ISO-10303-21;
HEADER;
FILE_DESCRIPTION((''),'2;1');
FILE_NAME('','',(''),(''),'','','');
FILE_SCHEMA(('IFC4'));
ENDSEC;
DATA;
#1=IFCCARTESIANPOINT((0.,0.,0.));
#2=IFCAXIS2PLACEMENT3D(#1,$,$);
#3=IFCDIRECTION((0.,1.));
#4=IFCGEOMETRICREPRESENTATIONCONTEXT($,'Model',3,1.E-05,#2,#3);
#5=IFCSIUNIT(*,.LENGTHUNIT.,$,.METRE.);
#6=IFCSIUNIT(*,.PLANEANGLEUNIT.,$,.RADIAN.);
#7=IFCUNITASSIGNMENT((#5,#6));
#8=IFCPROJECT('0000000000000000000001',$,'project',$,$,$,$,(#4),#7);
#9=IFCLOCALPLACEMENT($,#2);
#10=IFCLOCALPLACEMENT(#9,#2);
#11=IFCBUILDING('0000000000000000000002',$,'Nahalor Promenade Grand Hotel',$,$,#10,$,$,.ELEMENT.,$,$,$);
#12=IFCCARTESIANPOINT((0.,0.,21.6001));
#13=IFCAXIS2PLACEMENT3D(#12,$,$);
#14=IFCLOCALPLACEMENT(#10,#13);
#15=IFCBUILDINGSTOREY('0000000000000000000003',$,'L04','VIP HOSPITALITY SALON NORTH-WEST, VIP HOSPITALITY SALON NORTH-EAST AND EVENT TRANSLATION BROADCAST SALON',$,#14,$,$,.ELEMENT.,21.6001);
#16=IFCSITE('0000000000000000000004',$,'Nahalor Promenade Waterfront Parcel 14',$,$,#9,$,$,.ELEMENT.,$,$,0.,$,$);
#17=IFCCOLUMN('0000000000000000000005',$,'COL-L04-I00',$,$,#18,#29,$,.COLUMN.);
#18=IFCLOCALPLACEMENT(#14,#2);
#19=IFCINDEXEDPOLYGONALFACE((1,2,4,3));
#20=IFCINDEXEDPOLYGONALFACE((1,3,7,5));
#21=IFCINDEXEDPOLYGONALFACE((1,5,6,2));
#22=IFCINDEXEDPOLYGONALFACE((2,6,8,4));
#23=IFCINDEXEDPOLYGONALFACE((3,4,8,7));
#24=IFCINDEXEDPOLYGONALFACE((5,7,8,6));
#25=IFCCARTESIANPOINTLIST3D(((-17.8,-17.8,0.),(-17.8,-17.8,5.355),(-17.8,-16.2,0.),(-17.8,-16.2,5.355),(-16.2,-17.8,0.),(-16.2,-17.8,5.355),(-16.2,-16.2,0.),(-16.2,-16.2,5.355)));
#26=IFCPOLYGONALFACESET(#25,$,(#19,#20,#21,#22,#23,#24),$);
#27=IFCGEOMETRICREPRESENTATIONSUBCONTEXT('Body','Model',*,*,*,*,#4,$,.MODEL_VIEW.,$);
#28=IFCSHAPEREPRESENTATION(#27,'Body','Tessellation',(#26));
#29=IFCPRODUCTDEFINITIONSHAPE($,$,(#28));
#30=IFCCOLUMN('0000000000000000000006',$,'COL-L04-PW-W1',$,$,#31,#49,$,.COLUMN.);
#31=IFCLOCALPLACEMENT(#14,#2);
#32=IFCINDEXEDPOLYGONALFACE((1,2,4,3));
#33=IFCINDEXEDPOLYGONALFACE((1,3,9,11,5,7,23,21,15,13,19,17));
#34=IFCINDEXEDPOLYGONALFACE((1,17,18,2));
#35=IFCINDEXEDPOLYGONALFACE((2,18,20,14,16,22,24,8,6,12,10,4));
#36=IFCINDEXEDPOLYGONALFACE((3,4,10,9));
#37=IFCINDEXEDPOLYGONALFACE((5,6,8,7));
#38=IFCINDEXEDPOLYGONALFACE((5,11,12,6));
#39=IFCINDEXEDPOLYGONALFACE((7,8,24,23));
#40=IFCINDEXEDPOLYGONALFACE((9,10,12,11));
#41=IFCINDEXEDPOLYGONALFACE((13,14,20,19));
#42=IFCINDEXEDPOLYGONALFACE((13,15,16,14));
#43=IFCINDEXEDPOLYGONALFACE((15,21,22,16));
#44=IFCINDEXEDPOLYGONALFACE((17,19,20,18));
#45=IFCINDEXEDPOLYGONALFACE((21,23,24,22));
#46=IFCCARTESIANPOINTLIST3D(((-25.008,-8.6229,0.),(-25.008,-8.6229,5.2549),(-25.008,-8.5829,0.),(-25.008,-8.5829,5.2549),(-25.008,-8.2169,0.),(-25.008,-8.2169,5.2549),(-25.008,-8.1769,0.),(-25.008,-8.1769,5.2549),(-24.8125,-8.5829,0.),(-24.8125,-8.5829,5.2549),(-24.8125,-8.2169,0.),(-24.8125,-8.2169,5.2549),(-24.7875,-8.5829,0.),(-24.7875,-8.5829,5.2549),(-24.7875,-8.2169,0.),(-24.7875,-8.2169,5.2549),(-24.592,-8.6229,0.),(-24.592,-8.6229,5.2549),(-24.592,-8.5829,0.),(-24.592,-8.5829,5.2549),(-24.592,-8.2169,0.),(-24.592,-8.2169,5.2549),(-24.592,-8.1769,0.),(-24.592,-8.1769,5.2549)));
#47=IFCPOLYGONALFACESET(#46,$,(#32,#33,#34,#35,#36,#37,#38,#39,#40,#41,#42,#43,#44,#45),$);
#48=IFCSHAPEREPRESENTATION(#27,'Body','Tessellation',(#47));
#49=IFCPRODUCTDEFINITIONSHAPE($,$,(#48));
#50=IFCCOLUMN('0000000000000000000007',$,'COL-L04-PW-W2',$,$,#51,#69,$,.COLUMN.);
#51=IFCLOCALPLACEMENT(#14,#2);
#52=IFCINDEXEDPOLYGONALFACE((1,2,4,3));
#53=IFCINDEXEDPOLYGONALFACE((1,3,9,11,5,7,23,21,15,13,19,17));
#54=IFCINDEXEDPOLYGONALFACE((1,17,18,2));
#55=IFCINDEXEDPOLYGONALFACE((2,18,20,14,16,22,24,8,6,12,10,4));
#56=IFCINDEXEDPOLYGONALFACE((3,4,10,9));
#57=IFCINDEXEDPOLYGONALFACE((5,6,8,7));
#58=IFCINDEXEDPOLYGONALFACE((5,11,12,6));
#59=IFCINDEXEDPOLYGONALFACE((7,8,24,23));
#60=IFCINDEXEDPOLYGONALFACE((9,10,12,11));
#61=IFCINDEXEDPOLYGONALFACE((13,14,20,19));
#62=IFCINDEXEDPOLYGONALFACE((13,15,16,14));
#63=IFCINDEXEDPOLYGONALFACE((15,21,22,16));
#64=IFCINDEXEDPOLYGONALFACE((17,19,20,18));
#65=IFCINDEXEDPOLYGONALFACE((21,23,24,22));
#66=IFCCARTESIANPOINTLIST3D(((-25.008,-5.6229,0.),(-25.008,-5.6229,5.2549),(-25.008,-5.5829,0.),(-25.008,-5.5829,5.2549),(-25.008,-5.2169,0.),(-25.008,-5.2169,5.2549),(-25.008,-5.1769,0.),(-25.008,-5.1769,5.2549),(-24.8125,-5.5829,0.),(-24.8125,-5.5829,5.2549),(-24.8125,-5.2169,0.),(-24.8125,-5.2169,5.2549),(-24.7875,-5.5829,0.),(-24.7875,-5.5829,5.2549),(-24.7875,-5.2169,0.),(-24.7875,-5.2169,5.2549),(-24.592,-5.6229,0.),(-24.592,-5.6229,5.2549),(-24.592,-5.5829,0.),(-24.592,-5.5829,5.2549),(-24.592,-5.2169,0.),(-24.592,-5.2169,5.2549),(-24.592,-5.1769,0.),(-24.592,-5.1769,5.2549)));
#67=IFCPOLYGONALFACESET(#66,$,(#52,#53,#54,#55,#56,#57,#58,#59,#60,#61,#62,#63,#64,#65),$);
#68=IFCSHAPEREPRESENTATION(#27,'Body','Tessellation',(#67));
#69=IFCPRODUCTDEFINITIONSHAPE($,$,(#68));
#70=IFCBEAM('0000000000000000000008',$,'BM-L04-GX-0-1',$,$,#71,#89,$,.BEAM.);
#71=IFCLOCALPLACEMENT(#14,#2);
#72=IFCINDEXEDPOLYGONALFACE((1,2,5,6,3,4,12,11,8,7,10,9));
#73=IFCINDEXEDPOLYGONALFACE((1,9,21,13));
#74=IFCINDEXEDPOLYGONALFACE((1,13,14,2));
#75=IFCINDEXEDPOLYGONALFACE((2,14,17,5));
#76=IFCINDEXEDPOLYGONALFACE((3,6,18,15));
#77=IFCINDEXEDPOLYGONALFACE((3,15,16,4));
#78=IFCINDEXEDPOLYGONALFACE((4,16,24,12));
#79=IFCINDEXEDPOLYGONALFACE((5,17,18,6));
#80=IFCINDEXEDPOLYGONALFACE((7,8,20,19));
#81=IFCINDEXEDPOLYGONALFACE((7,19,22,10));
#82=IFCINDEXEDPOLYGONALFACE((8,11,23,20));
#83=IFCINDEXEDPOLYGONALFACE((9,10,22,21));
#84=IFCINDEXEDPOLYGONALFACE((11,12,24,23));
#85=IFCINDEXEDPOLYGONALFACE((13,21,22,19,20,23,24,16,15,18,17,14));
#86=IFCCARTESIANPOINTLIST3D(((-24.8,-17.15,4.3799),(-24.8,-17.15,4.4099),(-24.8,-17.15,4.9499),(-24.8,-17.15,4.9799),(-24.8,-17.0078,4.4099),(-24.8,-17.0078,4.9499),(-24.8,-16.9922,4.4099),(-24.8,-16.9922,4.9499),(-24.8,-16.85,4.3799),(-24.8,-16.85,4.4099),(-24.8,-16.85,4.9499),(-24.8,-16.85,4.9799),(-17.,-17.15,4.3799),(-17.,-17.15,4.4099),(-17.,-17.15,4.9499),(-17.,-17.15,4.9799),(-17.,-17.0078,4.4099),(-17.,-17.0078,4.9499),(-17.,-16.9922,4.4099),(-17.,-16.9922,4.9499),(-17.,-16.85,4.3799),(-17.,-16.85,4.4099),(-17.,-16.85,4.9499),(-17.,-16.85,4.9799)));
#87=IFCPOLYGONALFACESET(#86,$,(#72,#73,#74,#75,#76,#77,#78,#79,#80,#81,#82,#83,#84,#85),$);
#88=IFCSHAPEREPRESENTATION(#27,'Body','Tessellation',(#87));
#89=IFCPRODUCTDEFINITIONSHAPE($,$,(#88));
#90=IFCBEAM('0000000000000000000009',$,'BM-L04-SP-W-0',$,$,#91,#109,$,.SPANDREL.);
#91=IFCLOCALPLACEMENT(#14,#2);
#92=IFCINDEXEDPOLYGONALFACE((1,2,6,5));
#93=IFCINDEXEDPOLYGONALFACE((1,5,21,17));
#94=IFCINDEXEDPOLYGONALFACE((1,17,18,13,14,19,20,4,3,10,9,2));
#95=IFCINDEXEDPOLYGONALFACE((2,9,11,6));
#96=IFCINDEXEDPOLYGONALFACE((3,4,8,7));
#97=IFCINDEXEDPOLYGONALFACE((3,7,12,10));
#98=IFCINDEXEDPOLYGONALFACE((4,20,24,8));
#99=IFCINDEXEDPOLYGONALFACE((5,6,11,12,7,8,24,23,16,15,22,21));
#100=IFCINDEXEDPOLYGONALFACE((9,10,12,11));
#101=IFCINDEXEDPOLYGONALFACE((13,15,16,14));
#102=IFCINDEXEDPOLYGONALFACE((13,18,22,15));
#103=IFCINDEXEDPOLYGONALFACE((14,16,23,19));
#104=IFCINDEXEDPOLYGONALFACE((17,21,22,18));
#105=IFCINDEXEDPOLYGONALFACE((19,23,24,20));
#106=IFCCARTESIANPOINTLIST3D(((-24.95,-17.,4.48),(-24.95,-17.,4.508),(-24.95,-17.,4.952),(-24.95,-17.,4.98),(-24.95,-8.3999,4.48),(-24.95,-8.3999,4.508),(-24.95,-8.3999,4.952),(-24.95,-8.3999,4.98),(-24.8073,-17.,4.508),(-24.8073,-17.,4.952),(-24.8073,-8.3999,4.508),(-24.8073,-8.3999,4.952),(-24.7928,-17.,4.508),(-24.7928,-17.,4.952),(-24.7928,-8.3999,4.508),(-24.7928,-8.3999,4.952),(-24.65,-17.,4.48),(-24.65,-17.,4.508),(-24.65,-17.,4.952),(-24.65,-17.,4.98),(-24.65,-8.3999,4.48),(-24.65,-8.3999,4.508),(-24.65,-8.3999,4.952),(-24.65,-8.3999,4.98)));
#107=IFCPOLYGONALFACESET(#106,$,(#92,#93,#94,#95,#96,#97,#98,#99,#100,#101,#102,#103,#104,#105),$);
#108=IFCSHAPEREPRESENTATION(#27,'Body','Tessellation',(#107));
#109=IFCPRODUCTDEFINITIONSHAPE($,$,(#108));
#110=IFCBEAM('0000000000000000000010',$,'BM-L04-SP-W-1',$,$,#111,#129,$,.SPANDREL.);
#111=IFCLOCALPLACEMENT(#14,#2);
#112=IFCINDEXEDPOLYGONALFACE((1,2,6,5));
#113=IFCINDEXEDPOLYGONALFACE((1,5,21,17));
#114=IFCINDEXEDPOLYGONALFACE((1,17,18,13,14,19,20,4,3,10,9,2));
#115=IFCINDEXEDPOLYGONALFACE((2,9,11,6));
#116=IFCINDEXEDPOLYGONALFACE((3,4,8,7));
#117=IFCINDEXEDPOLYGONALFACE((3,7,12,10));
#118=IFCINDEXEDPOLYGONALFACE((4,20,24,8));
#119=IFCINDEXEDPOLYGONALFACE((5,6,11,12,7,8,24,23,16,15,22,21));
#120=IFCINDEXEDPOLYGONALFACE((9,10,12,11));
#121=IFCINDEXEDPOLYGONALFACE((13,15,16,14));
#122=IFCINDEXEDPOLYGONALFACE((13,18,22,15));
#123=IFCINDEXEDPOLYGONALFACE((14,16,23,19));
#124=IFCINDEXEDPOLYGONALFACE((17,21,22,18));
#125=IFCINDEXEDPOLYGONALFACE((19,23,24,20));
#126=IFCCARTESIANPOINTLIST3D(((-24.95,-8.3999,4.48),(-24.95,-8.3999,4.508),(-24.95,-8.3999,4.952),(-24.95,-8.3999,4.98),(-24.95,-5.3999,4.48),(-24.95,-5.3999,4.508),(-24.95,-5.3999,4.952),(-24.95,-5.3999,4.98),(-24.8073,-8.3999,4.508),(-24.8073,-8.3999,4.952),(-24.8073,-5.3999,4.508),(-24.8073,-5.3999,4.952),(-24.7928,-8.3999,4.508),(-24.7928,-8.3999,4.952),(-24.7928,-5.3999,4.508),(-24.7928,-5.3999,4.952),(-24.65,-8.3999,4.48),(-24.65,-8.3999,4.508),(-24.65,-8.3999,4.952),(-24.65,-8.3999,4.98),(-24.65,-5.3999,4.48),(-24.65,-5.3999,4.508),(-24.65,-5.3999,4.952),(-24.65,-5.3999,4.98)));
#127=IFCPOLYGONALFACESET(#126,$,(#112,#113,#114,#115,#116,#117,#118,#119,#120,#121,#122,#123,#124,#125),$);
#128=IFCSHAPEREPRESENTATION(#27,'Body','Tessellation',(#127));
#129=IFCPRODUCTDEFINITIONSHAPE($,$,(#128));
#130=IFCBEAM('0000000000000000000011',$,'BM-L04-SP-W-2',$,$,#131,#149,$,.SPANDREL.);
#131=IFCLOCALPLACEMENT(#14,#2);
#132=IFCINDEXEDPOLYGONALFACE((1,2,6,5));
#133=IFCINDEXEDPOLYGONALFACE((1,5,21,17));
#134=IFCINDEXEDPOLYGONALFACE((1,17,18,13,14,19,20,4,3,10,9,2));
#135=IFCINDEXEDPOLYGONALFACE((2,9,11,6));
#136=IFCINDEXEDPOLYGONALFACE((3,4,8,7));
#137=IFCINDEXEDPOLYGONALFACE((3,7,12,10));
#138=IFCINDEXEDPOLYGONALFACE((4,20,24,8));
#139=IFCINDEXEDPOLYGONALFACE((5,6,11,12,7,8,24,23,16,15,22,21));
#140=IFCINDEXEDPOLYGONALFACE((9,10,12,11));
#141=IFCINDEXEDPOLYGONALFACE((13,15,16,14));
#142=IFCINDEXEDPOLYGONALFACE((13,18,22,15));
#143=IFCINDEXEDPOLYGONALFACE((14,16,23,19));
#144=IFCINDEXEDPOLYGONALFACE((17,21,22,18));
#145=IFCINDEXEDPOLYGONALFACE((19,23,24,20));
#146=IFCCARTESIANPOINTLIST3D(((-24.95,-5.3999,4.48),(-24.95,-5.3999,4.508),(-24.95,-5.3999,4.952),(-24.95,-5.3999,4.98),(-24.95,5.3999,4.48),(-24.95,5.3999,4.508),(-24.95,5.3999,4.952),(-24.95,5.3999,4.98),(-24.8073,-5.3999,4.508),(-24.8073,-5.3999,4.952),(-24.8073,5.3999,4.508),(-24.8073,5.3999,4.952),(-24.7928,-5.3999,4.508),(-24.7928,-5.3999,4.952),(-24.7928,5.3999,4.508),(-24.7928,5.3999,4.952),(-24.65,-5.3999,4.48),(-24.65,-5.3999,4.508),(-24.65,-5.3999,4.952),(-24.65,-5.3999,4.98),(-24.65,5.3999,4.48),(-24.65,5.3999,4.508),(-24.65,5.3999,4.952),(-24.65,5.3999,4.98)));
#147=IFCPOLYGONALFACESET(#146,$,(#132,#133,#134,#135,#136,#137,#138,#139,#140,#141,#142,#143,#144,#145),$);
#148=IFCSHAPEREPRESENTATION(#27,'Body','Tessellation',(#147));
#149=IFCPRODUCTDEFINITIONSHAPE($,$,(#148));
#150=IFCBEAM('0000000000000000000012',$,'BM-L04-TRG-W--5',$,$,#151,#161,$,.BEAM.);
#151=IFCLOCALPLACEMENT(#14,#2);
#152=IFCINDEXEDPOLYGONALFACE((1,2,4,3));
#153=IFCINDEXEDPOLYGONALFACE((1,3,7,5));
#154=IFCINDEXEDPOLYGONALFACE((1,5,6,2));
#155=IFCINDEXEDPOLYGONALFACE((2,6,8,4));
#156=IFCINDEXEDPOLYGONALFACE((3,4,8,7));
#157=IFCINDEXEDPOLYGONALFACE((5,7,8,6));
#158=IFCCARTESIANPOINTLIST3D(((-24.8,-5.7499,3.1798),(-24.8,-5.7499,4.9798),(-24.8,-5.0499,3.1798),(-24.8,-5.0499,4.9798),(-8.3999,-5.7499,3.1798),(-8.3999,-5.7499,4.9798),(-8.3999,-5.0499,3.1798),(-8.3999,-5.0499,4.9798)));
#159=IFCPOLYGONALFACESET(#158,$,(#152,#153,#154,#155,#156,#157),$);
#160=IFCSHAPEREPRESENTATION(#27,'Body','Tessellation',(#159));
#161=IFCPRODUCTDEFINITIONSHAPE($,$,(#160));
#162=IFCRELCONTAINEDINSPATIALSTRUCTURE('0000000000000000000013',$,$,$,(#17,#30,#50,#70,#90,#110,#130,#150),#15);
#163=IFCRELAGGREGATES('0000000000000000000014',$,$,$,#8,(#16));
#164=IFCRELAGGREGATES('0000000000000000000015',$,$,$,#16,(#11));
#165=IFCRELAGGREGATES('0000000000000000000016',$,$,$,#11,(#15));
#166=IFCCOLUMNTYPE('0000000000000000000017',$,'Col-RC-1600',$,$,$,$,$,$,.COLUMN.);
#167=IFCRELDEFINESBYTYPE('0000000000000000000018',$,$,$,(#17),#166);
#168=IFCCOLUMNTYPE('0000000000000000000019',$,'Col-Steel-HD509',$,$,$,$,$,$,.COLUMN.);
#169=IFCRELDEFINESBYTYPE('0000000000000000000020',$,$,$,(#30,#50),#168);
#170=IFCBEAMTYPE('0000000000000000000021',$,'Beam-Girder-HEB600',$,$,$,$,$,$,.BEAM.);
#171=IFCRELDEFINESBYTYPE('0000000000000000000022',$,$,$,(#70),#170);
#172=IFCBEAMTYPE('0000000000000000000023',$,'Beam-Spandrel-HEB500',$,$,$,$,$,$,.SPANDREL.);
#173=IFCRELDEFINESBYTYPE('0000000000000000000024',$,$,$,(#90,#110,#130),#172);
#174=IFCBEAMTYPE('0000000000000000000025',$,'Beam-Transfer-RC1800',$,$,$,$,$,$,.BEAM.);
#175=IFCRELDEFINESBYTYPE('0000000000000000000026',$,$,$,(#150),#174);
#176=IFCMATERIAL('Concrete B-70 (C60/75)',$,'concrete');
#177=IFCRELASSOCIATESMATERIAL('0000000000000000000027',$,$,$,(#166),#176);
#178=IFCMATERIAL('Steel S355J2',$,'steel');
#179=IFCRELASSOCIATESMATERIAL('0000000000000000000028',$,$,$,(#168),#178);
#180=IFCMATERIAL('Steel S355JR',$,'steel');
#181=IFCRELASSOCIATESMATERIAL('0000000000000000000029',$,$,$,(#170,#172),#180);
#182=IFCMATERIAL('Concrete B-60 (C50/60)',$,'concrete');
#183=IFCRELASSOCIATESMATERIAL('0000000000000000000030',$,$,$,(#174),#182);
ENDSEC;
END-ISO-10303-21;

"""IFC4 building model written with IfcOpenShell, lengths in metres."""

from ifc_helpers import new_model, si_unit, direction, frame, origin, origin_2d, place, context, subcontext, project, spatial, rectangle, i_section, extrude, source, transform, mapped, material, material_profile, profile_set, type_object, element, save


model = new_model("IFC4")

# Units and contexts
model_context = context("Model", 3, precision=1e-05, world=origin(), true_north=direction((0.0, 1.0)))
body_context = subcontext(model_context, "Body", "Model", "MODEL_VIEW")
ifc_project = project(units=[si_unit("LENGTHUNIT", "METRE"), si_unit("PLANEANGLEUNIT", "RADIAN")], contexts=[model_context])

# Site, building, storey
site_placement = place(None, origin())
site = spatial("IfcSite", under=ifc_project, at=site_placement, Name="Nahalor Promenade Waterfront Parcel 14", CompositionType="ELEMENT", RefElevation=0.0)
building_placement = place(site_placement, origin())
building = spatial("IfcBuilding", under=site, at=building_placement, Name="Nahalor Promenade Grand Hotel", CompositionType="ELEMENT")
storey_placement = place(building_placement, frame((0.0, 0.0, 21.6001)))
storey = spatial("IfcBuildingStorey", under=building, at=storey_placement, Name="L04", Description="VIP HOSPITALITY SALON NORTH-WEST, VIP HOSPITALITY SALON NORTH-EAST AND EVENT TRANSLATION BROADCAST SALON", CompositionType="ELEMENT", Elevation=21.6001)

# Columns
ifc_material_1 = material(Name="Concrete B-70 (C60/75)", Category="concrete")
ifc_material_profile_1 = material_profile(ifc_material_1, rectangle(XDim=1.6, YDim=1.6, at=origin_2d()), Name="RC 1600x1600")
ifc_profile_set_1 = profile_set([ifc_material_profile_1], Name="Concrete B-70 (C60/75)")
column_type_1 = type_object("IfcColumnType", Name="Col-RC-1600", PredefinedType="COLUMN", material=ifc_profile_set_1)
shared_shape_1 = source(origin(), body_context, "Body", "SweptSolid", [
    extrude(rectangle(XDim=1.6, YDim=1.6, at=origin_2d()), origin(), (0.0, 0.0, 1.0), 5.355),
])
column_placement = place(storey_placement, frame((-17.0, -17.0, 0.0), z_axis=(0.0, 0.0, 1.0), x_axis=(1.0, 0.0, 0.0)))
element("IfcColumn", 1, at=column_placement, inside=storey, type_object=column_type_1, Name="COL-L04-I00", PredefinedType="COLUMN", context=body_context, shape_type="MappedRepresentation", body=[
    mapped(shared_shape_1, transform((0.0, 0.0, 0.0), scale=1.0)),
])
ifc_material_2 = material(Name="Steel S355J2", Category="steel")
ifc_material_profile_2 = material_profile(ifc_material_2, i_section(OverallWidth=0.416, OverallDepth=0.446, WebThickness=0.025, FlangeThickness=0.04, at=origin_2d()), Name="HD 400x509")
ifc_profile_set_2 = profile_set([ifc_material_profile_2], Name="Steel S355J2")
column_type_2 = type_object("IfcColumnType", Name="Col-Steel-HD509", PredefinedType="COLUMN", material=ifc_profile_set_2)
shared_shape_2 = source(origin(), body_context, "Body", "SweptSolid", [
    extrude(i_section(OverallWidth=0.416, OverallDepth=0.446, WebThickness=0.025, FlangeThickness=0.04, at=origin_2d()), origin(), (0.0, 0.0, 1.0), 5.2549),
])
for number, where, z_axis, x_axis, name in (
    (2, (-24.8, -8.3999, 0.0), (0.0, 0.0, 1.0), (1.0, 0.0, 0.0), "COL-L04-PW-W1"),
    (3, (-24.8, -5.3999, 0.0), (0.0, 0.0, 1.0), (1.0, 0.0, 0.0), "COL-L04-PW-W2"),
):
    element("IfcColumn", number, at=place(storey_placement, frame(where, z_axis=z_axis, x_axis=x_axis)), inside=storey, type_object=column_type_2, Name=name, PredefinedType="COLUMN", context=body_context, shape_type="MappedRepresentation", body=[
        mapped(shared_shape_2, transform((0.0, 0.0, 0.0), scale=1.0)),
    ])

# Beams
ifc_material_3 = material(Name="Steel S355JR", Category="steel")
ifc_material_profile_3 = material_profile(ifc_material_3, i_section(OverallWidth=0.3, OverallDepth=0.6, WebThickness=0.0155, FlangeThickness=0.03, at=origin_2d()), Name="HEB 600")
ifc_profile_set_3 = profile_set([ifc_material_profile_3], Name="Steel S355JR")
beam_type_1 = type_object("IfcBeamType", Name="Beam-Girder-HEB600", PredefinedType="BEAM", material=ifc_profile_set_3)
shared_shape_3 = source(origin(), body_context, "Body", "SweptSolid", [
    extrude(i_section(OverallWidth=0.3, OverallDepth=0.6, WebThickness=0.0155, FlangeThickness=0.03, at=origin_2d()), origin(), (0.0, 0.0, 1.0), 7.8),
])
beam_1_placement = place(storey_placement, frame((-24.8, -17.0, 4.6799), z_axis=(1.0, 0.0, 0.0), x_axis=(0.0, 1.0, 0.0)))
element("IfcBeam", 4, at=beam_1_placement, inside=storey, type_object=beam_type_1, Name="BM-L04-GX-0-1", PredefinedType="BEAM", context=body_context, shape_type="MappedRepresentation", body=[
    mapped(shared_shape_3, transform((0.0, 0.0, 0.0), scale=1.0)),
])
ifc_material_profile_4 = material_profile(ifc_material_3, i_section(OverallWidth=0.3, OverallDepth=0.5, WebThickness=0.0145, FlangeThickness=0.028, at=origin_2d()), Name="HEB 500")
ifc_profile_set_4 = profile_set([ifc_material_profile_4], Name="Steel S355JR")
beam_type_2 = type_object("IfcBeamType", Name="Beam-Spandrel-HEB500", PredefinedType="SPANDREL", material=ifc_profile_set_4)
shared_shape_4 = source(origin(), body_context, "Body", "SweptSolid", [
    extrude(i_section(OverallWidth=0.3, OverallDepth=0.5, WebThickness=0.0145, FlangeThickness=0.028, at=origin_2d()), origin(), (0.0, 0.0, 1.0), 8.6001),
])
beam_2_placement = place(storey_placement, frame((-24.8, -17.0, 4.73), z_axis=(0.0, 1.0, 0.0), x_axis=(-1.0, 0.0, 0.0)))
element("IfcBeam", 5, at=beam_2_placement, inside=storey, type_object=beam_type_2, Name="BM-L04-SP-W-0", PredefinedType="SPANDREL", context=body_context, shape_type="MappedRepresentation", body=[
    mapped(shared_shape_4, transform((0.0, 0.0, 0.0), scale=1.0)),
])
shared_shape_5 = source(origin(), body_context, "Body", "SweptSolid", [
    extrude(i_section(OverallWidth=0.3, OverallDepth=0.5, WebThickness=0.0145, FlangeThickness=0.028, at=origin_2d()), origin(), (0.0, 0.0, 1.0), 3.0),
])
beam_3_placement = place(storey_placement, frame((-24.8, -8.3999, 4.73), z_axis=(0.0, 1.0, 0.0), x_axis=(-1.0, 0.0, 0.0)))
element("IfcBeam", 6, at=beam_3_placement, inside=storey, type_object=beam_type_2, Name="BM-L04-SP-W-1", PredefinedType="SPANDREL", context=body_context, shape_type="MappedRepresentation", body=[
    mapped(shared_shape_5, transform((0.0, 0.0, 0.0), scale=1.0)),
])
shared_shape_6 = source(origin(), body_context, "Body", "SweptSolid", [
    extrude(i_section(OverallWidth=0.3, OverallDepth=0.5, WebThickness=0.0145, FlangeThickness=0.028, at=origin_2d()), origin(), (0.0, 0.0, 1.0), 10.7998),
])
beam_4_placement = place(storey_placement, frame((-24.8, -5.3999, 4.73), z_axis=(0.0, 1.0, 0.0), x_axis=(-1.0, 0.0, 0.0)))
element("IfcBeam", 7, at=beam_4_placement, inside=storey, type_object=beam_type_2, Name="BM-L04-SP-W-2", PredefinedType="SPANDREL", context=body_context, shape_type="MappedRepresentation", body=[
    mapped(shared_shape_6, transform((0.0, 0.0, 0.0), scale=1.0)),
])
ifc_material_4 = material(Name="Concrete B-60 (C50/60)", Category="concrete")
ifc_material_profile_5 = material_profile(ifc_material_4, rectangle(XDim=0.7, YDim=1.8, at=origin_2d()), Name="RC 700x1800")
ifc_profile_set_5 = profile_set([ifc_material_profile_5], Name="Concrete B-60 (C50/60)")
beam_type_3 = type_object("IfcBeamType", Name="Beam-Transfer-RC1800", PredefinedType="BEAM", material=ifc_profile_set_5)
shared_shape_7 = source(origin(), body_context, "Body", "SweptSolid", [
    extrude(rectangle(XDim=0.7, YDim=1.8, at=origin_2d()), origin(), (0.0, 0.0, 1.0), 16.4001),
])
beam_5_placement = place(storey_placement, frame((-24.8, -5.3999, 4.0798), z_axis=(1.0, 0.0, 0.0), x_axis=(0.0, 1.0, 0.0)))
element("IfcBeam", 8, at=beam_5_placement, inside=storey, type_object=beam_type_3, Name="BM-L04-TRG-W--5", PredefinedType="BEAM", context=body_context, shape_type="MappedRepresentation", body=[
    mapped(shared_shape_7, transform((0.0, 0.0, 0.0), scale=1.0)),
])

save(model, "model.ifc")
